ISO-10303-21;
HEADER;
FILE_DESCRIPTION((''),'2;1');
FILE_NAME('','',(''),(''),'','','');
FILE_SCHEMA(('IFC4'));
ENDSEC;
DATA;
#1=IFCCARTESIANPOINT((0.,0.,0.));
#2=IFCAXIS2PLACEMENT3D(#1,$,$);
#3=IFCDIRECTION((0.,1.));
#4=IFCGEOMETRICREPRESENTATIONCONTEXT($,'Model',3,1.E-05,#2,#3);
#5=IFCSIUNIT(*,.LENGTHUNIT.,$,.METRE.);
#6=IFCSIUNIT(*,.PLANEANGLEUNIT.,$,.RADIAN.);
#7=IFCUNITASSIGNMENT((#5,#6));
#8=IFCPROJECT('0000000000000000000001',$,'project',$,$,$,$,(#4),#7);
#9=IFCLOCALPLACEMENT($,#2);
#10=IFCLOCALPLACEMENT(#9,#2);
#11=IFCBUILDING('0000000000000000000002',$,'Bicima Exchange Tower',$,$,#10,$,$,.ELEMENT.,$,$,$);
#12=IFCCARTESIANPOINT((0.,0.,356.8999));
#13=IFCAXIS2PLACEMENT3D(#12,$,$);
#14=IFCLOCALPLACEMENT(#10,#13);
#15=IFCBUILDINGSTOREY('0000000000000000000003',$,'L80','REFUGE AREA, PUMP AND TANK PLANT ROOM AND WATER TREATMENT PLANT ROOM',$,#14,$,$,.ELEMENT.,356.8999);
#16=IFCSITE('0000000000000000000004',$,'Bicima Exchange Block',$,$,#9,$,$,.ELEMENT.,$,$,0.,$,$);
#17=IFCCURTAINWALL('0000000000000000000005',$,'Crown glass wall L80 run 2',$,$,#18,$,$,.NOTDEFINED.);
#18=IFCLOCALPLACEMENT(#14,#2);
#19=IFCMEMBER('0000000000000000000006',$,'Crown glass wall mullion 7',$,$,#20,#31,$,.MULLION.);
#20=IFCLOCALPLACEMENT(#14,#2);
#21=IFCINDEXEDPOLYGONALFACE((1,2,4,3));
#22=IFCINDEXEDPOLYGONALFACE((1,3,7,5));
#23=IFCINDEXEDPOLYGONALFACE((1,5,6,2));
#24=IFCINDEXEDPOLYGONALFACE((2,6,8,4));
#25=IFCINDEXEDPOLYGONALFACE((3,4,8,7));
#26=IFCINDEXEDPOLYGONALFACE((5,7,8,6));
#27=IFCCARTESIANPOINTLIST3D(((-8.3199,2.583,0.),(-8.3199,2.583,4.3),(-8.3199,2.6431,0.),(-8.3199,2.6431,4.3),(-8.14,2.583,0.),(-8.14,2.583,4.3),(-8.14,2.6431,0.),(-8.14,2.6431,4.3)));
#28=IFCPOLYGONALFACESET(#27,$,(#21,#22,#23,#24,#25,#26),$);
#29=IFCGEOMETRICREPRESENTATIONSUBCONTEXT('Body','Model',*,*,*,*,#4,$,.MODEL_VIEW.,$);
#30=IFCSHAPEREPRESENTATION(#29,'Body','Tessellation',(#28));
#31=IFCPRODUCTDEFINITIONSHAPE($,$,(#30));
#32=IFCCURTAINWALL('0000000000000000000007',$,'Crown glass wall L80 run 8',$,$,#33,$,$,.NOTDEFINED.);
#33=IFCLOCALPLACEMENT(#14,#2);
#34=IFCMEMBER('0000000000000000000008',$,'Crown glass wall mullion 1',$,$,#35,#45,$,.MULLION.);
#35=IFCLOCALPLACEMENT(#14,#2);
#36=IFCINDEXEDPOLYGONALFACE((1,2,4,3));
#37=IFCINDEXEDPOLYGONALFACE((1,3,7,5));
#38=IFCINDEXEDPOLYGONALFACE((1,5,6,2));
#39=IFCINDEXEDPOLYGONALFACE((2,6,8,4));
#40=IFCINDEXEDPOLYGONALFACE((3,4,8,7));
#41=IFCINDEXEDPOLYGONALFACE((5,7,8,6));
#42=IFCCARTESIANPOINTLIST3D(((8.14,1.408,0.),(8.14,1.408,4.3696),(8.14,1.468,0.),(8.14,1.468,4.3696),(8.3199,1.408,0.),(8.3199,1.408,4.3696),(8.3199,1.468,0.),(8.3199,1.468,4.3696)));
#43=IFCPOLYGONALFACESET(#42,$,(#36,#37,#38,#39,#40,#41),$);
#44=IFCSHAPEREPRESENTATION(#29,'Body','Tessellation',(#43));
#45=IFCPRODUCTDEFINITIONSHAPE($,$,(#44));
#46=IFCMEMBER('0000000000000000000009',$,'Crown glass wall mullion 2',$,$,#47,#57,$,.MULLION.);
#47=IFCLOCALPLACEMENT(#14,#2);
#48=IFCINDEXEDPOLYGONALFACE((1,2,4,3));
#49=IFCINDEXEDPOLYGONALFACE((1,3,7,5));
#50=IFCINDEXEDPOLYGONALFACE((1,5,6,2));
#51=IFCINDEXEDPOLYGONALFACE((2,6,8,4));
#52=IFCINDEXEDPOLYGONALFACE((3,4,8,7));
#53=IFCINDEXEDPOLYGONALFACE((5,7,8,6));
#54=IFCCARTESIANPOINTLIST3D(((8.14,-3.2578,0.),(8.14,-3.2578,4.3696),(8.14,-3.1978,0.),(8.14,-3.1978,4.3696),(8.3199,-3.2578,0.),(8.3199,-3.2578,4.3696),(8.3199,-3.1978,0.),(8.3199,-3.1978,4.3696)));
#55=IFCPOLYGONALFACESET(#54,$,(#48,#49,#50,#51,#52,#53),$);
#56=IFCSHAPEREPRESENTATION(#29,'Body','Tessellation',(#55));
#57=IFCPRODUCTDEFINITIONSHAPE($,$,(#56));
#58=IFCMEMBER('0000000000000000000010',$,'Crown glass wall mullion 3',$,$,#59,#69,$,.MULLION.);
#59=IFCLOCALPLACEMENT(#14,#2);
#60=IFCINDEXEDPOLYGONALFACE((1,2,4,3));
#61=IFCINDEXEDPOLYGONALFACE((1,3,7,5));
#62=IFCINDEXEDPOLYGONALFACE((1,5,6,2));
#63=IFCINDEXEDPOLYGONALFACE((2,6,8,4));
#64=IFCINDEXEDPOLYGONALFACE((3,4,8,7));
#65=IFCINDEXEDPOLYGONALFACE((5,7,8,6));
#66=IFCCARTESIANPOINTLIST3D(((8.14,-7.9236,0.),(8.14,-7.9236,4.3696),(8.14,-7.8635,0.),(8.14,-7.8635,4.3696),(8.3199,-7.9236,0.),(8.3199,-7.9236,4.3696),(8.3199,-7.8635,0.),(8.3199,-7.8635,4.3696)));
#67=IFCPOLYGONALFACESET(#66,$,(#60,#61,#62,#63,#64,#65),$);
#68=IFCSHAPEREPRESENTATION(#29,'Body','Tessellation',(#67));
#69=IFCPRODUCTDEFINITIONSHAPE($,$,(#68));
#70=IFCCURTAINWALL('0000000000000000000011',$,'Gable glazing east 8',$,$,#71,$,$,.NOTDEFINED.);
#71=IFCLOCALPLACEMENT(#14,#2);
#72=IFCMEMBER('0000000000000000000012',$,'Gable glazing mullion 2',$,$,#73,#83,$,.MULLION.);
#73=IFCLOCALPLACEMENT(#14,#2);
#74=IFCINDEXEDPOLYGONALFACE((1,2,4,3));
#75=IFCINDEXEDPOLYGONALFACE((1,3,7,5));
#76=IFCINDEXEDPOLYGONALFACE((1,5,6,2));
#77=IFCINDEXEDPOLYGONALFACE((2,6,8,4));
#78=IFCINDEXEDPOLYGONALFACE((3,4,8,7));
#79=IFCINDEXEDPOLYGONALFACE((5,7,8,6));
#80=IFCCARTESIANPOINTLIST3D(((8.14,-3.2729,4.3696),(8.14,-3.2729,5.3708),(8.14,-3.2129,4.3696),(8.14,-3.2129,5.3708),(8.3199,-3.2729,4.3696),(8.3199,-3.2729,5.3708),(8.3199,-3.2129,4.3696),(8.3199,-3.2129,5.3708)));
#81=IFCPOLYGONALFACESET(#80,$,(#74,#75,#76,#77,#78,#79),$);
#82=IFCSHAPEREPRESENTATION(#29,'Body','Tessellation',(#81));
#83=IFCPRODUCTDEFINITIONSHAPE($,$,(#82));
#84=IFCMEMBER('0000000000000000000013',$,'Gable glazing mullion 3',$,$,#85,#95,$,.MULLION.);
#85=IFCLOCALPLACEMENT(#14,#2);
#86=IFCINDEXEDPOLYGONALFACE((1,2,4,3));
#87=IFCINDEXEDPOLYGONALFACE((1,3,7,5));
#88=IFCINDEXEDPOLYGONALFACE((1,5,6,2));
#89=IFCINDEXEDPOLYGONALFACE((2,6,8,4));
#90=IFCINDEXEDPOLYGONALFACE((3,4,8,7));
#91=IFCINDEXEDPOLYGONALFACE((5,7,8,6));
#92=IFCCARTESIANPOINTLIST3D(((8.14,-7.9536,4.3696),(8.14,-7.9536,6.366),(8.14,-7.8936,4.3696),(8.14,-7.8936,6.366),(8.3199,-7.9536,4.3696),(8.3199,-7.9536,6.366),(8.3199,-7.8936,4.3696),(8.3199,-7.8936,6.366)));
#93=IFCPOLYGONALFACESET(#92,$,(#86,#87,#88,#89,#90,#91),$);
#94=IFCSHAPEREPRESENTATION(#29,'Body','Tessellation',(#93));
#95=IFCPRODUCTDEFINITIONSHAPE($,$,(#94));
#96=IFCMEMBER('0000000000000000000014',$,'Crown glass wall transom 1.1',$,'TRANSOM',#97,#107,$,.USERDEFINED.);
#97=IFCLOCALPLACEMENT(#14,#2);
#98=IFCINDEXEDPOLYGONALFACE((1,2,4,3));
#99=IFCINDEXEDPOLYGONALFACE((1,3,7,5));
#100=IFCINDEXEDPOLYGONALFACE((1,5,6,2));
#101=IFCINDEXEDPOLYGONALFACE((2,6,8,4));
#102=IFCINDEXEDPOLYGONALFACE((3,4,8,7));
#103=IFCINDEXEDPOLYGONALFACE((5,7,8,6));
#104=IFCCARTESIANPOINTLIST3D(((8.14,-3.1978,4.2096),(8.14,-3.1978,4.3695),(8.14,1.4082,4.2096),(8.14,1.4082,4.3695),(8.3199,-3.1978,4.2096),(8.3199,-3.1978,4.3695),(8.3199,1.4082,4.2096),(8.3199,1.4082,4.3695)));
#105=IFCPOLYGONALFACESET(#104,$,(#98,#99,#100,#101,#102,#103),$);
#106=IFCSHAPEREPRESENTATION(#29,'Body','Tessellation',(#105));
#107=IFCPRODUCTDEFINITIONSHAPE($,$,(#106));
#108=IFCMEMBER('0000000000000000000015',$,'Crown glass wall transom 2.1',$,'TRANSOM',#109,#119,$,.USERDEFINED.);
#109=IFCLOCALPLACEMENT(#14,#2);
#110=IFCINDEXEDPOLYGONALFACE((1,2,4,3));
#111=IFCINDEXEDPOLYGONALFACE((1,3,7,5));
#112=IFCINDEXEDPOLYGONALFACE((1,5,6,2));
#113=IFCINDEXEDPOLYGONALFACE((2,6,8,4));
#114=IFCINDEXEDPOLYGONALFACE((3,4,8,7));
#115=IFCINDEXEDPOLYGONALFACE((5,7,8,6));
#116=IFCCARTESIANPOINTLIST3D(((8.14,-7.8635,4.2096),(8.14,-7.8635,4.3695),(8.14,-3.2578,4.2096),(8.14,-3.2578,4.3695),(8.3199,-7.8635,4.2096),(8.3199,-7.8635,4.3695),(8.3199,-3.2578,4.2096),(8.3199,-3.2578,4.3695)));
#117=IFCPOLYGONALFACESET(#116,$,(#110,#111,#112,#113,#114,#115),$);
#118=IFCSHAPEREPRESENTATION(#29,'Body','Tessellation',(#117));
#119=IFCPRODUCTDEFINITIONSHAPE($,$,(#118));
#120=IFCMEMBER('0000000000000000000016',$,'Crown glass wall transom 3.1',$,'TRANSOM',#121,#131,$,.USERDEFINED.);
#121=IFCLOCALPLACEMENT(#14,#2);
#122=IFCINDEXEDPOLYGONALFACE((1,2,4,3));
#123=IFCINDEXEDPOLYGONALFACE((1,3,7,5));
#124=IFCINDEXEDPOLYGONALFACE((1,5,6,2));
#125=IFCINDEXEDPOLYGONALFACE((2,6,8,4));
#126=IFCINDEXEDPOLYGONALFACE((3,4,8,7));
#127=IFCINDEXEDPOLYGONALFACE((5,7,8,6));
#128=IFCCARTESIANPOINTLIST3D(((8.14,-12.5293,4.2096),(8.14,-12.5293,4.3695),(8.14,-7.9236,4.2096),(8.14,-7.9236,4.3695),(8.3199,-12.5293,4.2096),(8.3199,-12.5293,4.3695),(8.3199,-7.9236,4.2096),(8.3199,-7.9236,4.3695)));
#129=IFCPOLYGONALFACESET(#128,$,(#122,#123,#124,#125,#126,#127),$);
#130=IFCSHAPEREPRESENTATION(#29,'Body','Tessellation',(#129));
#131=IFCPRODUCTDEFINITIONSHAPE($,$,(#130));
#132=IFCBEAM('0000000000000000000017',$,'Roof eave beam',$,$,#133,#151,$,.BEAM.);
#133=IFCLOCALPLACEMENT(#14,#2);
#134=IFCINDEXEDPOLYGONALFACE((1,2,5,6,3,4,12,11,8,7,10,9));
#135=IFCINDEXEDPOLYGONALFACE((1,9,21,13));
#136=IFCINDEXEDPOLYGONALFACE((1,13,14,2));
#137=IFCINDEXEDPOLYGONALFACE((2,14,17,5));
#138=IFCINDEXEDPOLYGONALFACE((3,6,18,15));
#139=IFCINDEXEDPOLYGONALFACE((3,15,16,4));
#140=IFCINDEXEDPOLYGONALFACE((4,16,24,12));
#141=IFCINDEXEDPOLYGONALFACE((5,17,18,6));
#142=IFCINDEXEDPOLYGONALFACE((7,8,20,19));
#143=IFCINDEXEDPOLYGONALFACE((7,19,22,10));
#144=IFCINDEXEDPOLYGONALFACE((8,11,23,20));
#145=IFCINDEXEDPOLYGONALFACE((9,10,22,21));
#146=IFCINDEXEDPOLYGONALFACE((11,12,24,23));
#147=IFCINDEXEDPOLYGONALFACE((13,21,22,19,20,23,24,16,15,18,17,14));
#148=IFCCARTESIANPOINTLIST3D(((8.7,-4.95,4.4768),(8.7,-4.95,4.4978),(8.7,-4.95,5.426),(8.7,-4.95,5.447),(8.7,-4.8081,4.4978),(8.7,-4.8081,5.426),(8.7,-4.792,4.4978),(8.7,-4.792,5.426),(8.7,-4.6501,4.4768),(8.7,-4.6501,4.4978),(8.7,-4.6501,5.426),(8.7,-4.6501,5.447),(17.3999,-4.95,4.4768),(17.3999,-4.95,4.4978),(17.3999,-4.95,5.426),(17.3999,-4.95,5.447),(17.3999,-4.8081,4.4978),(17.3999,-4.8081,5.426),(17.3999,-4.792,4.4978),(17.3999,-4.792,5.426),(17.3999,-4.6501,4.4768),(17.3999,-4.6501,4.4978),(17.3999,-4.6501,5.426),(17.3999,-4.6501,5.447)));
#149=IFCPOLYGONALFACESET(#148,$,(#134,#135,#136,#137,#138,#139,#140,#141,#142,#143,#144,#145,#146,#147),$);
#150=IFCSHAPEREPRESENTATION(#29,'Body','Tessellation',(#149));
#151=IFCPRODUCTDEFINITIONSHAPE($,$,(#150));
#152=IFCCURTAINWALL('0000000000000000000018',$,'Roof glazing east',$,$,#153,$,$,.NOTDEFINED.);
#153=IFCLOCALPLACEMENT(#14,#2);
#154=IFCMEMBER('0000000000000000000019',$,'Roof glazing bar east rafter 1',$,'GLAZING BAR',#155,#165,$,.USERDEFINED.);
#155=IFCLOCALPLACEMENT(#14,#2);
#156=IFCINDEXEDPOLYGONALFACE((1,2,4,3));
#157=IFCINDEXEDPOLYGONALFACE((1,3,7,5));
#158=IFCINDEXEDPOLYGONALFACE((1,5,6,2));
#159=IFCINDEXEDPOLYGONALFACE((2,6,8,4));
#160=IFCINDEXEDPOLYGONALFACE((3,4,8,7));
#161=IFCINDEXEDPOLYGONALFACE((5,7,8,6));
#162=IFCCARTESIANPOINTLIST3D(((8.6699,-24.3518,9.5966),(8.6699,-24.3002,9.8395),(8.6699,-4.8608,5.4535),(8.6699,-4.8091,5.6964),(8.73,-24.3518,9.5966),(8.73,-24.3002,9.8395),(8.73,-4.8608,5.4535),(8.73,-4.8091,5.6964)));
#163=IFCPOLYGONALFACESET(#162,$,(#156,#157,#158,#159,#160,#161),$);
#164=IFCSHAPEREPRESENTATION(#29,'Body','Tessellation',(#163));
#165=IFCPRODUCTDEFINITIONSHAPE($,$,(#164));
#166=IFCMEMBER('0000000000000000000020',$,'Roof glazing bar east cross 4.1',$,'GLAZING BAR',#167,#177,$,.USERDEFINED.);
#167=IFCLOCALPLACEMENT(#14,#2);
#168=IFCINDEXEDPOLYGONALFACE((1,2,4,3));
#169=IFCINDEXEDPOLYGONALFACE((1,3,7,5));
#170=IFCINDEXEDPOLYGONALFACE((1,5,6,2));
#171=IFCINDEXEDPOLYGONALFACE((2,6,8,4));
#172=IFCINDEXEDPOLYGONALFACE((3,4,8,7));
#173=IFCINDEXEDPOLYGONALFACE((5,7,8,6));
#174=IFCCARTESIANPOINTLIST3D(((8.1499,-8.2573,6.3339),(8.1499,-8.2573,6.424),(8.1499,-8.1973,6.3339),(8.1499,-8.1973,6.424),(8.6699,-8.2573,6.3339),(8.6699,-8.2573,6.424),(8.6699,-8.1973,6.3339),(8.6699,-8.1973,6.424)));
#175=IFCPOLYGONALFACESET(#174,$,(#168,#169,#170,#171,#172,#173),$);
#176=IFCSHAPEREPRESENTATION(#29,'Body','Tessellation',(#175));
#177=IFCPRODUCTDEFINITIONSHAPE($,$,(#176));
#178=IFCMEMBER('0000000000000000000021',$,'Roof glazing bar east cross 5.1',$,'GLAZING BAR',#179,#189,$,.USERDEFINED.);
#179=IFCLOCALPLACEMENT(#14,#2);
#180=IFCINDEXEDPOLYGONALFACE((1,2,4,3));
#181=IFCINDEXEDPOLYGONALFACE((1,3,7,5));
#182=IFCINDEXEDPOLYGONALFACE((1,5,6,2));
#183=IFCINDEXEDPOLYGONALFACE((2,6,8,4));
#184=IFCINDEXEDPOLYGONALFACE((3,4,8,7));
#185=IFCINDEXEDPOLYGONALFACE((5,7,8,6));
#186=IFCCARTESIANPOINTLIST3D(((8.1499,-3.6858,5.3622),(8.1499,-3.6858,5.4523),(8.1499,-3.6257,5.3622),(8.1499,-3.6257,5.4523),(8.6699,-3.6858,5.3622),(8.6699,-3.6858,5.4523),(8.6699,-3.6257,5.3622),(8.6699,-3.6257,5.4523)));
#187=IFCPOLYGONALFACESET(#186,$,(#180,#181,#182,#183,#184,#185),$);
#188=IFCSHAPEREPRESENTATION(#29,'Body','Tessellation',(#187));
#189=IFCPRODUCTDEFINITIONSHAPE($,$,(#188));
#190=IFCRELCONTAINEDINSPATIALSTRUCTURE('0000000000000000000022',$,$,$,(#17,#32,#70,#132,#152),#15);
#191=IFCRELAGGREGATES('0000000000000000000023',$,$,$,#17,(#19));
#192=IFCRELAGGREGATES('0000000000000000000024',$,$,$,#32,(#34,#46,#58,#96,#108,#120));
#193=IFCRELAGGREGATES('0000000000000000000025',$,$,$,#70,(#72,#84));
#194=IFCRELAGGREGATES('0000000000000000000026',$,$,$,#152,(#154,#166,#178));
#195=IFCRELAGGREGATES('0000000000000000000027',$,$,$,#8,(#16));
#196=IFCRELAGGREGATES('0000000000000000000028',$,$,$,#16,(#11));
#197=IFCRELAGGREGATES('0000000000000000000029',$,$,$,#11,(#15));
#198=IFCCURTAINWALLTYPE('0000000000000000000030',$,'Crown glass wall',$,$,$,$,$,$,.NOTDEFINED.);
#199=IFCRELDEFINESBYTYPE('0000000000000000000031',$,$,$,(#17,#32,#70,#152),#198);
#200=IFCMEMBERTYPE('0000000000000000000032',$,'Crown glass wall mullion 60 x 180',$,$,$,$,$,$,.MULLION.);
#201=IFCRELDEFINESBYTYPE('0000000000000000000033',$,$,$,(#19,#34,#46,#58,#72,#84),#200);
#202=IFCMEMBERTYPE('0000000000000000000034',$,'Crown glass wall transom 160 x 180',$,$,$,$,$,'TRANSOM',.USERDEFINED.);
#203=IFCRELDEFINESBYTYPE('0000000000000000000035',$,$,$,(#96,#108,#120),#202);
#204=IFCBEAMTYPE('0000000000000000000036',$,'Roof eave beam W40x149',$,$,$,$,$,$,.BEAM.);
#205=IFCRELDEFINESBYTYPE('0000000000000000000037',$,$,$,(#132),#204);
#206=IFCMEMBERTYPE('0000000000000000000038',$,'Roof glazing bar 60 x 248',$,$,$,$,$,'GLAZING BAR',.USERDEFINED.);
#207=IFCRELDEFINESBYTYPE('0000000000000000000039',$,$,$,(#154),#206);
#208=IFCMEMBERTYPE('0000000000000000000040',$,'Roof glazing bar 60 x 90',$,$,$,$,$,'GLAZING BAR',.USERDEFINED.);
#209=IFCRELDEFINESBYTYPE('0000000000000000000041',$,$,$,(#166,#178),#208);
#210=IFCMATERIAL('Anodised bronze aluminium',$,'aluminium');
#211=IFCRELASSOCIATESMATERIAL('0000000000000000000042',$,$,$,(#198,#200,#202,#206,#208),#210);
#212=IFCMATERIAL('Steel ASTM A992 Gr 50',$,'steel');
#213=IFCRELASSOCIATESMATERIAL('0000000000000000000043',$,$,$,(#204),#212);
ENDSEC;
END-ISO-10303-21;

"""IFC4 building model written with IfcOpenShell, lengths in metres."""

from ifc_helpers import new_model, si_unit, direction, frame, origin, origin_2d, place, context, subcontext, project, spatial, rectangle, i_section, extrude, material, material_profile, profile_set, type_object, element, aggregate, save


model = new_model("IFC4")

# Units and contexts
model_context = context("Model", 3, precision=1e-05, world=origin(), true_north=direction((0.0, 1.0)))
body_context = subcontext(model_context, "Body", "Model", "MODEL_VIEW")
ifc_project = project(units=[si_unit("LENGTHUNIT", "METRE"), si_unit("PLANEANGLEUNIT", "RADIAN")], contexts=[model_context])

# Site, building, storey
site_placement = place(None, origin())
site = spatial("IfcSite", under=ifc_project, at=site_placement, Name="Bicima Exchange Block", CompositionType="ELEMENT", RefElevation=0.0)
building_placement = place(site_placement, origin())
building = spatial("IfcBuilding", under=site, at=building_placement, Name="Bicima Exchange Tower", CompositionType="ELEMENT")
storey_placement = place(building_placement, frame((0.0, 0.0, 356.8999)))
storey = spatial("IfcBuildingStorey", under=building, at=storey_placement, Name="L80", Description="REFUGE AREA, PUMP AND TANK PLANT ROOM AND WATER TREATMENT PLANT ROOM", CompositionType="ELEMENT", Elevation=356.8999)

# Curtain wall, member
ifc_material_1 = material(Name="Anodised bronze aluminium", Category="aluminium")
curtain_wall_type = type_object("IfcCurtainWallType", Name="Crown glass wall", PredefinedType="NOTDEFINED", material=ifc_material_1)
curtain_wall_1_placement = place(storey_placement, origin())
curtain_wall_1 = element("IfcCurtainWall", 1, at=curtain_wall_1_placement, inside=storey, type_object=curtain_wall_type, Name="Crown glass wall L80 run 2", PredefinedType="NOTDEFINED")
ifc_material_profile_1 = material_profile(ifc_material_1, rectangle(XDim=0.1799, YDim=0.0601, at=origin_2d()))
ifc_profile_set_1 = profile_set([ifc_material_profile_1], Name="Anodised bronze aluminium")
member_type_1 = type_object("IfcMemberType", Name="Crown glass wall mullion 60 x 180", PredefinedType="MULLION", material=ifc_profile_set_1)
member_1_placement = place(storey_placement, frame((-8.23, 2.613, 0.0), z_axis=(0.0, 0.0, 1.0), x_axis=(-1.0, 0.0, 0.0)))
member_1 = element("IfcMember", 2, at=member_1_placement, type_object=member_type_1, Name="Crown glass wall mullion 7", PredefinedType="MULLION", context=body_context, shape_type="SweptSolid", body=[
    extrude(rectangle(XDim=0.1799, YDim=0.0601, at=origin_2d()), origin(), (0.0, 0.0, 1.0), 4.3),
])
aggregate(curtain_wall_1, [member_1])

# Curtain walls, members
curtain_wall_2_placement = place(storey_placement, origin())
curtain_wall_2 = element("IfcCurtainWall", 3, at=curtain_wall_2_placement, inside=storey, type_object=curtain_wall_type, Name="Crown glass wall L80 run 8", PredefinedType="NOTDEFINED")
member_2_placement = place(storey_placement, frame((8.23, 1.438, 0.0), z_axis=(0.0, 0.0, 1.0), x_axis=(1.0, 0.0, 0.0)))
member_2 = element("IfcMember", 4, at=member_2_placement, type_object=member_type_1, Name="Crown glass wall mullion 1", PredefinedType="MULLION", context=body_context, shape_type="SweptSolid", body=[
    extrude(rectangle(XDim=0.1799, YDim=0.0601, at=origin_2d()), origin(), (0.0, 0.0, 1.0), 4.3696),
])
member_3_placement = place(storey_placement, frame((8.23, -3.2278, 0.0), z_axis=(0.0, 0.0, 1.0), x_axis=(1.0, 0.0, 0.0)))
member_3 = element("IfcMember", 5, at=member_3_placement, type_object=member_type_1, Name="Crown glass wall mullion 2", PredefinedType="MULLION", context=body_context, shape_type="SweptSolid", body=[
    extrude(rectangle(XDim=0.1799, YDim=0.0601, at=origin_2d()), origin(), (0.0, 0.0, 1.0), 4.3696),
])
member_4_placement = place(storey_placement, frame((8.23, -7.8936, 0.0), z_axis=(0.0, 0.0, 1.0), x_axis=(1.0, 0.0, 0.0)))
member_4 = element("IfcMember", 6, at=member_4_placement, type_object=member_type_1, Name="Crown glass wall mullion 3", PredefinedType="MULLION", context=body_context, shape_type="SweptSolid", body=[
    extrude(rectangle(XDim=0.1799, YDim=0.0601, at=origin_2d()), origin(), (0.0, 0.0, 1.0), 4.3696),
])
curtain_wall_3_placement = place(storey_placement, origin())
curtain_wall_3 = element("IfcCurtainWall", 7, at=curtain_wall_3_placement, inside=storey, type_object=curtain_wall_type, Name="Gable glazing east 8", PredefinedType="NOTDEFINED")
member_5_placement = place(storey_placement, frame((8.23, -3.2429, 4.3696), z_axis=(0.0, 0.0, 1.0), x_axis=(1.0, 0.0, 0.0)))
member_5 = element("IfcMember", 8, at=member_5_placement, type_object=member_type_1, Name="Gable glazing mullion 2", PredefinedType="MULLION", context=body_context, shape_type="SweptSolid", body=[
    extrude(rectangle(XDim=0.1799, YDim=0.0601, at=origin_2d()), origin(), (0.0, 0.0, 1.0), 1.0012),
])
member_6_placement = place(storey_placement, frame((8.23, -7.9236, 4.3696), z_axis=(0.0, 0.0, 1.0), x_axis=(1.0, 0.0, 0.0)))
member_6 = element("IfcMember", 9, at=member_6_placement, type_object=member_type_1, Name="Gable glazing mullion 3", PredefinedType="MULLION", context=body_context, shape_type="SweptSolid", body=[
    extrude(rectangle(XDim=0.1799, YDim=0.0601, at=origin_2d()), origin(), (0.0, 0.0, 1.0), 1.9963),
])

# Members
ifc_material_profile_2 = material_profile(ifc_material_1, rectangle(XDim=0.1799, YDim=0.1599, at=origin_2d()))
ifc_profile_set_2 = profile_set([ifc_material_profile_2], Name="Anodised bronze aluminium")
member_type_2 = type_object("IfcMemberType", Name="Crown glass wall transom 160 x 180", ElementType="TRANSOM", PredefinedType="USERDEFINED", material=ifc_profile_set_2)
member_7_placement = place(storey_placement, frame((8.23, 1.4082, 4.2896), z_axis=(0.0, -1.0, 0.0), x_axis=(1.0, 0.0, 0.0)))
member_7 = element("IfcMember", 10, at=member_7_placement, type_object=member_type_2, Name="Crown glass wall transom 1.1", ObjectType="TRANSOM", PredefinedType="USERDEFINED", context=body_context, shape_type="SweptSolid", body=[
    extrude(rectangle(XDim=0.1799, YDim=0.1599, at=origin_2d()), origin(), (0.0, 0.0, 1.0), 4.606),
])
member_8_placement = place(storey_placement, frame((8.23, -3.2578, 4.2896), z_axis=(0.0, -1.0, 0.0), x_axis=(1.0, 0.0, 0.0)))
member_8 = element("IfcMember", 11, at=member_8_placement, type_object=member_type_2, Name="Crown glass wall transom 2.1", ObjectType="TRANSOM", PredefinedType="USERDEFINED", context=body_context, shape_type="SweptSolid", body=[
    extrude(rectangle(XDim=0.1799, YDim=0.1599, at=origin_2d()), origin(), (0.0, 0.0, 1.0), 4.6057),
])
member_9_placement = place(storey_placement, frame((8.23, -7.9236, 4.2896), z_axis=(0.0, -1.0, 0.0), x_axis=(1.0, 0.0, 0.0)))
member_9 = element("IfcMember", 12, at=member_9_placement, type_object=member_type_2, Name="Crown glass wall transom 3.1", ObjectType="TRANSOM", PredefinedType="USERDEFINED", context=body_context, shape_type="SweptSolid", body=[
    extrude(rectangle(XDim=0.1799, YDim=0.1599, at=origin_2d()), origin(), (0.0, 0.0, 1.0), 4.6057),
])

# Beam
ifc_material_2 = material(Name="Steel ASTM A992 Gr 50", Category="steel")
ifc_material_profile_3 = material_profile(ifc_material_2, i_section(OverallWidth=0.2998, OverallDepth=0.9702, WebThickness=0.0161, FlangeThickness=0.021, at=origin_2d()))
ifc_profile_set_3 = profile_set([ifc_material_profile_3], Name="Steel ASTM A992 Gr 50")
beam_type = type_object("IfcBeamType", Name="Roof eave beam W40x149", PredefinedType="BEAM", material=ifc_profile_set_3)
beam_placement = place(storey_placement, frame((8.7, -4.8, 4.9619), z_axis=(1.0, 0.0, 0.0), x_axis=(0.0, 1.0, 0.0)))
element("IfcBeam", 13, at=beam_placement, inside=storey, type_object=beam_type, Name="Roof eave beam", PredefinedType="BEAM", context=body_context, shape_type="SweptSolid", body=[
    extrude(i_section(OverallWidth=0.2998, OverallDepth=0.9702, WebThickness=0.0161, FlangeThickness=0.021, at=origin_2d()), origin(), (0.0, 0.0, 1.0), 8.7),
])

# Curtain wall, members
curtain_wall_4_placement = place(storey_placement, origin())
curtain_wall_4 = element("IfcCurtainWall", 14, at=curtain_wall_4_placement, inside=storey, type_object=curtain_wall_type, Name="Roof glazing east", PredefinedType="NOTDEFINED")
ifc_material_profile_4 = material_profile(ifc_material_1, rectangle(XDim=0.0601, YDim=0.2483, at=origin_2d()))
ifc_profile_set_4 = profile_set([ifc_material_profile_4], Name="Anodised bronze aluminium")
member_type_3 = type_object("IfcMemberType", Name="Roof glazing bar 60 x 248", ElementType="GLAZING BAR", PredefinedType="USERDEFINED", material=ifc_profile_set_4)
member_10_placement = place(storey_placement, frame((8.7, -4.835, 5.575), z_axis=(0.0, -0.978146, 0.207918), x_axis=(1.0, 0.0, 0.0)))
member_10 = element("IfcMember", 15, at=member_10_placement, type_object=member_type_3, Name="Roof glazing bar east rafter 1", ObjectType="GLAZING BAR", PredefinedType="USERDEFINED", context=body_context, shape_type="SweptSolid", body=[
    extrude(rectangle(XDim=0.0601, YDim=0.2483, at=origin_2d()), origin(), (0.0, 0.0, 1.0), 19.9265),
])
ifc_material_profile_5 = material_profile(ifc_material_1, rectangle(XDim=0.0601, YDim=0.0901, at=origin_2d()))
ifc_profile_set_5 = profile_set([ifc_material_profile_5], Name="Anodised bronze aluminium")
member_type_4 = type_object("IfcMemberType", Name="Roof glazing bar 60 x 90", ElementType="GLAZING BAR", PredefinedType="USERDEFINED", material=ifc_profile_set_5)
member_11_placement = place(storey_placement, frame((8.1499, -8.2273, 6.3789), z_axis=(1.0, 0.0, 0.0), x_axis=(0.0, 1.0, 0.0)))
member_11 = element("IfcMember", 16, at=member_11_placement, type_object=member_type_4, Name="Roof glazing bar east cross 4.1", ObjectType="GLAZING BAR", PredefinedType="USERDEFINED", context=body_context, shape_type="SweptSolid", body=[
    extrude(rectangle(XDim=0.0601, YDim=0.0901, at=origin_2d()), origin(), (0.0, 0.0, 1.0), 0.52),
])
member_12_placement = place(storey_placement, frame((8.1499, -3.6558, 5.4072), z_axis=(1.0, 0.0, 0.0), x_axis=(0.0, 1.0, 0.0)))
member_12 = element("IfcMember", 17, at=member_12_placement, type_object=member_type_4, Name="Roof glazing bar east cross 5.1", ObjectType="GLAZING BAR", PredefinedType="USERDEFINED", context=body_context, shape_type="SweptSolid", body=[
    extrude(rectangle(XDim=0.0601, YDim=0.0901, at=origin_2d()), origin(), (0.0, 0.0, 1.0), 0.52),
])

aggregate(curtain_wall_2, [member_2, member_3, member_4, member_7, member_8, member_9])
aggregate(curtain_wall_3, [member_5, member_6])
aggregate(curtain_wall_4, [member_10, member_11, member_12])

save(model, "model.ifc")
